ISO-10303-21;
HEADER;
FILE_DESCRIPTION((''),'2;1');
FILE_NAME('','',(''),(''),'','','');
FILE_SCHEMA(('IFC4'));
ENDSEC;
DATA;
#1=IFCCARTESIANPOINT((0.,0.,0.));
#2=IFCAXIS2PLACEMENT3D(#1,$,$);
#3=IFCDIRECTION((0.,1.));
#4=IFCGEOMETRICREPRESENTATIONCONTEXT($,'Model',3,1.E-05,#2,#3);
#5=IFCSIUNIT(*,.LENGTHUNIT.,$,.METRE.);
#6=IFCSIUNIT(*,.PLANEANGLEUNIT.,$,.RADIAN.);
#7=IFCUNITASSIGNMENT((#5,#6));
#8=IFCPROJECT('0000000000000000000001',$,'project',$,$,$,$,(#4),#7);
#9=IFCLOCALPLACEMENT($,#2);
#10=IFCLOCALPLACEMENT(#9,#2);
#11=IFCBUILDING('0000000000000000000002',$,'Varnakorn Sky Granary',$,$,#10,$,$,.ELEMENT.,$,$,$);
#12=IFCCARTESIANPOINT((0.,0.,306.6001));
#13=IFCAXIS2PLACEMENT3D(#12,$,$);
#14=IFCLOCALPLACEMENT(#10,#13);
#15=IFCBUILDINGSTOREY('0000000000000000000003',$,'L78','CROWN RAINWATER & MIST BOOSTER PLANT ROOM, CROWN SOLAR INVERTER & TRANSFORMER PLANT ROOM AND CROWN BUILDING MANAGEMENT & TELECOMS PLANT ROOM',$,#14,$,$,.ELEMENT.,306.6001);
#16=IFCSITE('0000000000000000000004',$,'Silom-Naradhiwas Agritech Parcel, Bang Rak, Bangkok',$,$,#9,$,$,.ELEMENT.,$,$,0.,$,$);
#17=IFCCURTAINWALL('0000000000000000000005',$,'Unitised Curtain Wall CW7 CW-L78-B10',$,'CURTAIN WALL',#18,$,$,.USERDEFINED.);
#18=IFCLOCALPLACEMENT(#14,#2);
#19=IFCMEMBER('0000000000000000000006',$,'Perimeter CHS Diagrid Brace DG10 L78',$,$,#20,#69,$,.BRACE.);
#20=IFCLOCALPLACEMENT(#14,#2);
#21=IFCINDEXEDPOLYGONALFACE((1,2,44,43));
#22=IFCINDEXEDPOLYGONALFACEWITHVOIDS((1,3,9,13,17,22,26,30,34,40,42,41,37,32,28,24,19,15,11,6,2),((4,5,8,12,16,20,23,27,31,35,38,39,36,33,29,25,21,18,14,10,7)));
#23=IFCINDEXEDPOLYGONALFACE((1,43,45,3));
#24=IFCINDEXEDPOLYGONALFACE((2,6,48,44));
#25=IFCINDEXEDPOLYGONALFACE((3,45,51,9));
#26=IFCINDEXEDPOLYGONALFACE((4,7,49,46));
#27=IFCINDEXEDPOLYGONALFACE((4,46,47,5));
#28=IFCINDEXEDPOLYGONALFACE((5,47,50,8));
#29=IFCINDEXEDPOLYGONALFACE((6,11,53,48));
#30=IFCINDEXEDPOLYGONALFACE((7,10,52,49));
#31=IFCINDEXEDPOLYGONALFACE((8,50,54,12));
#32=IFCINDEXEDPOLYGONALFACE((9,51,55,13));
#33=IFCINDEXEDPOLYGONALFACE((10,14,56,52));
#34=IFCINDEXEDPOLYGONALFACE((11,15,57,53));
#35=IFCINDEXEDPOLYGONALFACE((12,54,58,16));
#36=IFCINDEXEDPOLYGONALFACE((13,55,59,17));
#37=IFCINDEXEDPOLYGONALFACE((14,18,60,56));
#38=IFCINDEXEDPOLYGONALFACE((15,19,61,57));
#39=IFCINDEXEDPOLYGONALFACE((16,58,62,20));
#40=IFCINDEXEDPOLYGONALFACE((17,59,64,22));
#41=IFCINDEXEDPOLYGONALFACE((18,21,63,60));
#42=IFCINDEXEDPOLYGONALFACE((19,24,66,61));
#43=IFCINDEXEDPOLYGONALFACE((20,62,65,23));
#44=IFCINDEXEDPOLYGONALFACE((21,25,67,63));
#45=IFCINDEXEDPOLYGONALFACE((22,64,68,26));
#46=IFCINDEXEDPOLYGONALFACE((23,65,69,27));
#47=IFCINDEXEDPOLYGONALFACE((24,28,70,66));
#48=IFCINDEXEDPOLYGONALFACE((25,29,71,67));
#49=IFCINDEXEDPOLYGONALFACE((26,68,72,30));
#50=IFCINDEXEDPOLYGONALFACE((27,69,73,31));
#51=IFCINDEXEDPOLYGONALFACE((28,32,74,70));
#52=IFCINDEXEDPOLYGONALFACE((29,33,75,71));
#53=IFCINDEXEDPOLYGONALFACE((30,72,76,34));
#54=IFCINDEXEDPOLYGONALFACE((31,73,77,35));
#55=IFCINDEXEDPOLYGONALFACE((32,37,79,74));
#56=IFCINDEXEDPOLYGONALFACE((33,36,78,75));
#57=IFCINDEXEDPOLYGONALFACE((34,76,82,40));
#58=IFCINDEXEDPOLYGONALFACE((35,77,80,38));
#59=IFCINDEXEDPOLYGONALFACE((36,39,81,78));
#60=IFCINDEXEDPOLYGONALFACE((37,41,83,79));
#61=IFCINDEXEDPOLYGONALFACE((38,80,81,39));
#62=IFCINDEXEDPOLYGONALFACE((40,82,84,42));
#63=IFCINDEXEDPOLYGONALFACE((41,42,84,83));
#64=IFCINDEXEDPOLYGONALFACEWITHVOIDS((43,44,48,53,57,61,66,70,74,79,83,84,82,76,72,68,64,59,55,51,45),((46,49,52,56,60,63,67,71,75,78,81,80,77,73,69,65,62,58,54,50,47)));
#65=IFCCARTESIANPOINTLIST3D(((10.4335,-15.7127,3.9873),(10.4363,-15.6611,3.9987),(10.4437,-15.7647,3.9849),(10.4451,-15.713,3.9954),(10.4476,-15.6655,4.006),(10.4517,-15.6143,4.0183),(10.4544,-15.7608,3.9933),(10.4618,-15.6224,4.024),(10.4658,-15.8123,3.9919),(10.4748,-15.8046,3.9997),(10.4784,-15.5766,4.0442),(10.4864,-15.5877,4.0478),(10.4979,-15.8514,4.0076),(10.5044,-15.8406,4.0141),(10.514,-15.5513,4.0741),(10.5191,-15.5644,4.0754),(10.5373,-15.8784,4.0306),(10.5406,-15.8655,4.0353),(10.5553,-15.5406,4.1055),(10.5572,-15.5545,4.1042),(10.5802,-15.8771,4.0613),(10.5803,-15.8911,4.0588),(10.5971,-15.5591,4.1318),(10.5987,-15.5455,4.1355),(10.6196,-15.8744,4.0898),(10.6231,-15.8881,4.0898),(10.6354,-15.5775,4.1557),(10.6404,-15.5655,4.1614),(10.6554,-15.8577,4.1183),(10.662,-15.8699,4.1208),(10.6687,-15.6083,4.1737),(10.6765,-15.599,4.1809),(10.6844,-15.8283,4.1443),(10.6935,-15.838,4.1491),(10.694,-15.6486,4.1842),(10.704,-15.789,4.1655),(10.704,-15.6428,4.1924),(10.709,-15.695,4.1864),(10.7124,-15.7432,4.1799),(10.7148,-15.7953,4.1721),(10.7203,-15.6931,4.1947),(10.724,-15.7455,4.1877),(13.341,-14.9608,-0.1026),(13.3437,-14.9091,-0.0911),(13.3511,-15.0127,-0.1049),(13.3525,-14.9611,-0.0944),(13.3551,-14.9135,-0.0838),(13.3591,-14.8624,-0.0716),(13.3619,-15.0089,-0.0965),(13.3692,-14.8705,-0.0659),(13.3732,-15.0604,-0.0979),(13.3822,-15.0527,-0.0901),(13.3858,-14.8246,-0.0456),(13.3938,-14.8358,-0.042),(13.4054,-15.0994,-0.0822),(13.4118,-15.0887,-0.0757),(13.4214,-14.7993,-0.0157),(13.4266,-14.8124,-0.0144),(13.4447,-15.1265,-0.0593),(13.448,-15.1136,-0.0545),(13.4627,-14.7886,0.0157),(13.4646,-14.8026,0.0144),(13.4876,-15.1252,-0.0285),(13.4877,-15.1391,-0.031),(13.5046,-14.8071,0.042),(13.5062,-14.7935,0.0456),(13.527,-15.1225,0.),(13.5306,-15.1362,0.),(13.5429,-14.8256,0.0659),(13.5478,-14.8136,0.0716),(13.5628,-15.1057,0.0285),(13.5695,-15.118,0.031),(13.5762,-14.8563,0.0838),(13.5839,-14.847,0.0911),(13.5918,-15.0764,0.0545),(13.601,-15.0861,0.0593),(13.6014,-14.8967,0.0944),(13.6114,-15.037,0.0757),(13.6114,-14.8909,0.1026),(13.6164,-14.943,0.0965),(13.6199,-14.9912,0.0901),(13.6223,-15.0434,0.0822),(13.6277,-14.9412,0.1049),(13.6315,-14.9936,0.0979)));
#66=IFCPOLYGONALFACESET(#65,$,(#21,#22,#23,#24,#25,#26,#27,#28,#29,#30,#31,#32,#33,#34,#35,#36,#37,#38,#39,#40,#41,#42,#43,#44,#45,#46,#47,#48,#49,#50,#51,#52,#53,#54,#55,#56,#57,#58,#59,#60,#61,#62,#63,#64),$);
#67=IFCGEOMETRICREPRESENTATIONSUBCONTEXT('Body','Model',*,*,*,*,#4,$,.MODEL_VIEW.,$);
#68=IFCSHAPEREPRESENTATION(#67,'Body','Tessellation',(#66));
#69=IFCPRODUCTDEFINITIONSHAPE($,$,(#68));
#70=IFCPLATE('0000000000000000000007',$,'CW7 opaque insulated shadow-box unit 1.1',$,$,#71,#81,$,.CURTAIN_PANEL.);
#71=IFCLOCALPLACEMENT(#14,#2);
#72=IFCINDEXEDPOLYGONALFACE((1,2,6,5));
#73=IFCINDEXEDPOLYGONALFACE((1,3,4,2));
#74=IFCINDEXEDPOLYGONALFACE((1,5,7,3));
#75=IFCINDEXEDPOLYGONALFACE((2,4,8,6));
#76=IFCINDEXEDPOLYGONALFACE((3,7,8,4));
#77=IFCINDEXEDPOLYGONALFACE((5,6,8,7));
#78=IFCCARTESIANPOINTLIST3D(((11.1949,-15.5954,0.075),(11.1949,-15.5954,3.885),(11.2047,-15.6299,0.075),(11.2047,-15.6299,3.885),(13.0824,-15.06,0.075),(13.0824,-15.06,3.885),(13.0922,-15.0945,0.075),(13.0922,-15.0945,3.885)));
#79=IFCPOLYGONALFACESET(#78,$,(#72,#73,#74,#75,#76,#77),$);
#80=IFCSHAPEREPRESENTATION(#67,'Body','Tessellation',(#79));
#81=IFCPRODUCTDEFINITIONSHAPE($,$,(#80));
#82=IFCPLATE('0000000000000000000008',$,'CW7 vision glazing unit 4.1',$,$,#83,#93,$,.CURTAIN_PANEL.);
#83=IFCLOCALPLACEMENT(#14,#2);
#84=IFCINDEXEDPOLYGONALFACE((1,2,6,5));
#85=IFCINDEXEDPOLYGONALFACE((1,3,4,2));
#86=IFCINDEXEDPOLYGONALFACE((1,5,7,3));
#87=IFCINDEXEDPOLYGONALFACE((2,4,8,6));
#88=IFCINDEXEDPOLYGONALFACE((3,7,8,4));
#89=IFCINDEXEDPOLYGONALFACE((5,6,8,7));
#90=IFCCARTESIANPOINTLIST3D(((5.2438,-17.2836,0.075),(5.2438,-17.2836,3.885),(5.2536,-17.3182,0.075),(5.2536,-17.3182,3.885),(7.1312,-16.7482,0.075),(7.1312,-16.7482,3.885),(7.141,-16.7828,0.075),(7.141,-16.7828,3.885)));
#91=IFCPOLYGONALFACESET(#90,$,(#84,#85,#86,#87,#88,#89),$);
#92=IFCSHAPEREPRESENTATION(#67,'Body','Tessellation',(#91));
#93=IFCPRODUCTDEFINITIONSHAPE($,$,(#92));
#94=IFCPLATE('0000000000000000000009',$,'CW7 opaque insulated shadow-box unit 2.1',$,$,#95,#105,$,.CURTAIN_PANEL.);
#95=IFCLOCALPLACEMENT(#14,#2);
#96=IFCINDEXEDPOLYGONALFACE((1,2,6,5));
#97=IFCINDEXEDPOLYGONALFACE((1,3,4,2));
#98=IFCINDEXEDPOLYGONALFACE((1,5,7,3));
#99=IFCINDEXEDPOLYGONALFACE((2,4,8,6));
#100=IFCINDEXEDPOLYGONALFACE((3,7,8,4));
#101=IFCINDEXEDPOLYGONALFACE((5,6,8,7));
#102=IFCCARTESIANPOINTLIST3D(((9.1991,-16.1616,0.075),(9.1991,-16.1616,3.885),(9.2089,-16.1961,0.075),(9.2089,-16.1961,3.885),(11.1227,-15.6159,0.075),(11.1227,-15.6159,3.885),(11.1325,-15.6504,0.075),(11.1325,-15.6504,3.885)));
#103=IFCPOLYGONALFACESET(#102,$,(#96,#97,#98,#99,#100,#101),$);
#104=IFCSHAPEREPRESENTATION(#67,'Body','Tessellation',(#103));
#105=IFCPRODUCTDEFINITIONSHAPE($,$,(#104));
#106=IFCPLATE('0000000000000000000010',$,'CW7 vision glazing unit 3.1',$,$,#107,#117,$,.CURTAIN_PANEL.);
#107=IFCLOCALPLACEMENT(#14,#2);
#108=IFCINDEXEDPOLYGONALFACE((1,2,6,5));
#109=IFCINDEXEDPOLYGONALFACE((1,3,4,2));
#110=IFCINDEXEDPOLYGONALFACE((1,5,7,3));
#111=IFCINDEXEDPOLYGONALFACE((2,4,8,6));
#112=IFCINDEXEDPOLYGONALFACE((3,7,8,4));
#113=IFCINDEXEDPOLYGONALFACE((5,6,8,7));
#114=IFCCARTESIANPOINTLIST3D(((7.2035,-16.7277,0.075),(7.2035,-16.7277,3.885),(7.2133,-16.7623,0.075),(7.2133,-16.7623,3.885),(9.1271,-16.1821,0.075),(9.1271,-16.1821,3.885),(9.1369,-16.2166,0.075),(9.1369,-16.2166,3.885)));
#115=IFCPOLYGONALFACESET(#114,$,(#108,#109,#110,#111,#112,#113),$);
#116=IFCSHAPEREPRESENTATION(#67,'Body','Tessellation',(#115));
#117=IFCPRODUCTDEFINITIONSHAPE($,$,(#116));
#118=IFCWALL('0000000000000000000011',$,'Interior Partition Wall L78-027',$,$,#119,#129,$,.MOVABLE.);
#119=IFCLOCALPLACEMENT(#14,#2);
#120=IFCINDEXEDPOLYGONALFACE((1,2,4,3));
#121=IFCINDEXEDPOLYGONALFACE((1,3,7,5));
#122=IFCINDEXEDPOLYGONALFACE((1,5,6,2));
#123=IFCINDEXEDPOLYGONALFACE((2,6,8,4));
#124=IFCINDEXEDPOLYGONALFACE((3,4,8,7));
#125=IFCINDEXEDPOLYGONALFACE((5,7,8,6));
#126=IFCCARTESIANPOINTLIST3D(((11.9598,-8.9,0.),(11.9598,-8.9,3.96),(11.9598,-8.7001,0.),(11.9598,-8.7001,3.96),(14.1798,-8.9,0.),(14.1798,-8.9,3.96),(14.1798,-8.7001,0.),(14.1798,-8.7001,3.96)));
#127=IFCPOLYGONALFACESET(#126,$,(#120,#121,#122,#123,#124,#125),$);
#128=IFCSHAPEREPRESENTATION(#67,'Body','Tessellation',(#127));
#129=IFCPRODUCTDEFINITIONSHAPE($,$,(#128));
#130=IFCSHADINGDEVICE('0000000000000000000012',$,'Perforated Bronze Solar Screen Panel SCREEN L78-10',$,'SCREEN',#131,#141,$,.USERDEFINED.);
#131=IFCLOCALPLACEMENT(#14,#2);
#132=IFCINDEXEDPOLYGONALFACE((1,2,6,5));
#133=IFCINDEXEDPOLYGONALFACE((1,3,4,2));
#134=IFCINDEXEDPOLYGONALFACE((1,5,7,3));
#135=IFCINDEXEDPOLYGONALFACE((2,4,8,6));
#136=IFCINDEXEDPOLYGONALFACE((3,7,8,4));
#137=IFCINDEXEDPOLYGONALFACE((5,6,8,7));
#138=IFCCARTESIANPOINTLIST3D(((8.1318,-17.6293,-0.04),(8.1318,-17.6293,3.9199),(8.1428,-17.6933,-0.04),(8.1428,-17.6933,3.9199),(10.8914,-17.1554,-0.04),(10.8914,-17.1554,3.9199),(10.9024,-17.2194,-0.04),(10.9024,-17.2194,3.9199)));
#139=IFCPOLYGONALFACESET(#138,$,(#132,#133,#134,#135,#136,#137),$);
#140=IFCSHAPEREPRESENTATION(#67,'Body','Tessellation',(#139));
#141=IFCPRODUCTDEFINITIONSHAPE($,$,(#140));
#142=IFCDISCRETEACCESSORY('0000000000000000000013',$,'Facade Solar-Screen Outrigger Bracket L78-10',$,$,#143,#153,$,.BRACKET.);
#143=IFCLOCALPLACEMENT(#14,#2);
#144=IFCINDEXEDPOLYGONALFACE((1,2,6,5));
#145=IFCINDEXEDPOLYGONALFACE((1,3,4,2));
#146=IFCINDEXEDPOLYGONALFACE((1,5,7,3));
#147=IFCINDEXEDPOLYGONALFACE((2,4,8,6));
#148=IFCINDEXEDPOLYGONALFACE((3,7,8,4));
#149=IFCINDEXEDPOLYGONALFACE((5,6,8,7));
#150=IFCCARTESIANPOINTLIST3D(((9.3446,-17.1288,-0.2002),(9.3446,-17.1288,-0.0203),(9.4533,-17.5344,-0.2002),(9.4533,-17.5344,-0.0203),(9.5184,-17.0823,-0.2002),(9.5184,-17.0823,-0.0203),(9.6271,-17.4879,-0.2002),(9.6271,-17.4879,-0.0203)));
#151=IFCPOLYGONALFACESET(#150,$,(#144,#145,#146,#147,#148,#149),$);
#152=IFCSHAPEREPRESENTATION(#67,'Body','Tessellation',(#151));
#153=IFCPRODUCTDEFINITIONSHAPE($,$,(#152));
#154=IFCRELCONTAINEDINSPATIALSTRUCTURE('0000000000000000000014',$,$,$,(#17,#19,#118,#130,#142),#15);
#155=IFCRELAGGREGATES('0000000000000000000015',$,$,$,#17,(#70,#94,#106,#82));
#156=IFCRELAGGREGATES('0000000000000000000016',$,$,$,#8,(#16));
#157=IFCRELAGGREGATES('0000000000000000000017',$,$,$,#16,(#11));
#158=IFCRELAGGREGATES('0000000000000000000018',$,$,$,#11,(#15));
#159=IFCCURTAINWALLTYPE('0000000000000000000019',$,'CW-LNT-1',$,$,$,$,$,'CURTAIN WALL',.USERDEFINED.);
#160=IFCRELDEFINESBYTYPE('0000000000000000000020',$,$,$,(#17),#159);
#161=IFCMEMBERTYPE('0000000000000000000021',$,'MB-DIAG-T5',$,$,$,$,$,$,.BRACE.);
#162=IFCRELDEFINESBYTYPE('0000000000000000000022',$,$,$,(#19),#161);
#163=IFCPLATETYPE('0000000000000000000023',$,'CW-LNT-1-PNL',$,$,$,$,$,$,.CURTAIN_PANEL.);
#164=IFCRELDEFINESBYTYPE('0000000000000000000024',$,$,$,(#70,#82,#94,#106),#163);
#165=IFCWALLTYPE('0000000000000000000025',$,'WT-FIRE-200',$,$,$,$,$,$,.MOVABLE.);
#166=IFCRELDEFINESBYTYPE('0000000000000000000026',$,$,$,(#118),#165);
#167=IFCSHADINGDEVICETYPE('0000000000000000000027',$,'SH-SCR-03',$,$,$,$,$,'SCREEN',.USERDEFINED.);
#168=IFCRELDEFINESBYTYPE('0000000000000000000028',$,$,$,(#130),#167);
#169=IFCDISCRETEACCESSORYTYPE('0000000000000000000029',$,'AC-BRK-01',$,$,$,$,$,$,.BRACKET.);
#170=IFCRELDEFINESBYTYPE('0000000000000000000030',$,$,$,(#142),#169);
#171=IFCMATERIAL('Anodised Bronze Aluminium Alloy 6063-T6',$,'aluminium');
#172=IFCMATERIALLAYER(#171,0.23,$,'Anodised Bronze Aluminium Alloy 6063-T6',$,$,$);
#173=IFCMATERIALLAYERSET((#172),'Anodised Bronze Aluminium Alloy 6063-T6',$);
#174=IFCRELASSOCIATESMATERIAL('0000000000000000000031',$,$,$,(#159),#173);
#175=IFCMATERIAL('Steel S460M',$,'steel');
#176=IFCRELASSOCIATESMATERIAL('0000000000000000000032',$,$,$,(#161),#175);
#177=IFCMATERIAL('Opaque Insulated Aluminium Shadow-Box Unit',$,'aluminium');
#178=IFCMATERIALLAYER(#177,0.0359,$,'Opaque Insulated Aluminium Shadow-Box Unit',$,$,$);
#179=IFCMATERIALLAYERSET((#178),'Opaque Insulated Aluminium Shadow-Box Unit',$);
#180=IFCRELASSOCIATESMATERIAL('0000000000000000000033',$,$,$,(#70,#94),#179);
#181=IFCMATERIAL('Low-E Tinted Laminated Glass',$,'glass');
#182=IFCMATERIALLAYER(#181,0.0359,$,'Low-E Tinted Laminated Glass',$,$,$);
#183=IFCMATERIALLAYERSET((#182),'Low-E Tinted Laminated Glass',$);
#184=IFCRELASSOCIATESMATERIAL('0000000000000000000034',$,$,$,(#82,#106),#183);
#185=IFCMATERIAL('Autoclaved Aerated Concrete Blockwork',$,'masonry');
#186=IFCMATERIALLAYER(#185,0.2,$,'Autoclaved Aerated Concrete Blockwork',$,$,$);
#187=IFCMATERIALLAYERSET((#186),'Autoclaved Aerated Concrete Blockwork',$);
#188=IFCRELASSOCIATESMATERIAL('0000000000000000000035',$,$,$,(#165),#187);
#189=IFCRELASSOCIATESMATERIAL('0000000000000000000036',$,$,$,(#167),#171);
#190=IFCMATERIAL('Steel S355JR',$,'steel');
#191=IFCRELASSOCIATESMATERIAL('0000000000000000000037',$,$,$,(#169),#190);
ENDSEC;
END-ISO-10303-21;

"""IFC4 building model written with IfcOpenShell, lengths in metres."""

from ifc_helpers import new_model, si_unit, direction, frame, frame_2d, origin, origin_2d, place, context, subcontext, project, spatial, rectangle, hollow_circle, extrude, source, transform, mapped, material, layer, layer_set, material_profile, profile_set, type_object, type_shapes, element, aggregate, save


model = new_model("IFC4")

# Units and contexts
model_context = context("Model", 3, precision=1e-05, world=origin(), true_north=direction((0.0, 1.0)))
body_context = subcontext(model_context, "Body", "Model", "MODEL_VIEW")
ifc_project = project(units=[si_unit("LENGTHUNIT", "METRE"), si_unit("PLANEANGLEUNIT", "RADIAN")], contexts=[model_context])

# Site, building, storey
site_placement = place(None, origin())
site = spatial("IfcSite", under=ifc_project, at=site_placement, Name="Silom-Naradhiwas Agritech Parcel, Bang Rak, Bangkok", CompositionType="ELEMENT", RefElevation=0.0)
building_placement = place(site_placement, origin())
building = spatial("IfcBuilding", under=site, at=building_placement, Name="Varnakorn Sky Granary", CompositionType="ELEMENT")
storey_placement = place(building_placement, frame((0.0, 0.0, 306.6001)))
storey = spatial("IfcBuildingStorey", under=building, at=storey_placement, Name="L78", Description="CROWN RAINWATER & MIST BOOSTER PLANT ROOM, CROWN SOLAR INVERTER & TRANSFORMER PLANT ROOM AND CROWN BUILDING MANAGEMENT & TELECOMS PLANT ROOM", CompositionType="ELEMENT", Elevation=306.6001)

# Shared definitions
ifc_material_1 = material(Name="Steel S460M", Category="steel")

# Shared definitions
ifc_material_2 = material(Name="Steel S355JR", Category="steel")

# Curtain wall
ifc_material_3 = material(Name="Anodised Bronze Aluminium Alloy 6063-T6", Category="aluminium")
ifc_layer_1 = layer(ifc_material_3, 0.23, Name="Anodised Bronze Aluminium Alloy 6063-T6")
ifc_layer_set_1 = layer_set([ifc_layer_1], Name="Anodised Bronze Aluminium Alloy 6063-T6")
curtain_wall_type = type_object("IfcCurtainWallType", Name="CW-LNT-1", ElementType="CURTAIN WALL", PredefinedType="USERDEFINED", material=ifc_layer_set_1)
curtain_wall_placement = place(storey_placement, origin())
curtain_wall = element("IfcCurtainWall", 1, at=curtain_wall_placement, inside=storey, type_object=curtain_wall_type, Name="Unitised Curtain Wall CW7 CW-L78-B10", ObjectType="CURTAIN WALL", PredefinedType="USERDEFINED")

# Member
ifc_material_profile_1 = material_profile(ifc_material_1, hollow_circle(Radius=0.1777, WallThickness=0.0142, at=origin_2d()), Name="CHS 355.6x14")
ifc_profile_set_1 = profile_set([ifc_material_profile_1], Name="Steel S460M")
member_type_1 = type_object("IfcMemberType", Name="MB-DIAG-T5", PredefinedType="BRACE", material=ifc_profile_set_1)
member_1_placement = place(storey_placement, frame((13.4861, -14.9641, 0.0), z_axis=(-0.573012, -0.148197, 0.806037), x_axis=(0.250389, -0.968145, 0.0)))
element("IfcMember", 2, at=member_1_placement, inside=storey, type_object=member_type_1, Name="Perimeter CHS Diagrid Brace DG10 L78", PredefinedType="BRACE", context=body_context, shape_type="SweptSolid", body=[
    extrude(hollow_circle(Radius=0.1777, WallThickness=0.0142, at=origin_2d()), origin(), (0.0, 0.0, 1.0), 5.074),
])

# Plates
ifc_material_4 = material(Name="Opaque Insulated Aluminium Shadow-Box Unit", Category="aluminium")
ifc_layer_2 = layer(ifc_material_4, 0.0359, Name="Opaque Insulated Aluminium Shadow-Box Unit")
ifc_layer_set_2 = layer_set([ifc_layer_2], Name="Opaque Insulated Aluminium Shadow-Box Unit")
plate_type = type_object("IfcPlateType", Name="CW-LNT-1-PNL", PredefinedType="CURTAIN_PANEL")
shared_shape_1 = source(origin(), body_context, "Body", "SweptSolid", [
    extrude(rectangle(XDim=1.9619, YDim=0.0359, at=origin_2d()), origin(), (0.0, 0.0, 1.0), 3.8101),
])
plate_1_placement = place(storey_placement, frame((12.1436, -15.345, 0.075), z_axis=(0.0, 0.0, 1.0), x_axis=(-0.962041, -0.272905, 0.0)))
plate_1 = element("IfcPlate", 3, at=plate_1_placement, type_object=plate_type, material=ifc_layer_set_2, Name="CW7 opaque insulated shadow-box unit 1.1", PredefinedType="CURTAIN_PANEL", context=body_context, shape_type="MappedRepresentation", body=[
    mapped(shared_shape_1, transform((0.0, 0.0, 0.0), x_axis=(1.0, 0.0, 0.0), y_axis=(0.0, 1.0, 0.0), z_axis=(0.0, 0.0, 1.0), scale=1.0)),
])
ifc_material_5 = material(Name="Low-E Tinted Laminated Glass", Category="glass")
ifc_layer_3 = layer(ifc_material_5, 0.0359, Name="Low-E Tinted Laminated Glass")
ifc_layer_set_3 = layer_set([ifc_layer_3], Name="Low-E Tinted Laminated Glass")
plate_2_placement = place(storey_placement, frame((6.1924, -17.0332, 0.075), z_axis=(0.0, 0.0, 1.0), x_axis=(-0.962041, -0.272905, 0.0)))
plate_2 = element("IfcPlate", 4, at=plate_2_placement, type_object=plate_type, material=ifc_layer_set_3, Name="CW7 vision glazing unit 4.1", PredefinedType="CURTAIN_PANEL", context=body_context, shape_type="MappedRepresentation", body=[
    mapped(shared_shape_1, transform((0.0, 0.0, 0.0), x_axis=(1.0, 0.0, 0.0), y_axis=(0.0, 1.0, 0.0), z_axis=(0.0, 0.0, 1.0), scale=1.0)),
])
shared_shape_2 = source(origin(), body_context, "Body", "SweptSolid", [
    extrude(rectangle(XDim=1.9995, YDim=0.0359, at=origin_2d()), origin(), (0.0, 0.0, 1.0), 3.8101),
])
type_shapes(plate_type, [shared_shape_1, shared_shape_2])
plate_3_placement = place(storey_placement, frame((10.1658, -15.906, 0.075), z_axis=(0.0, 0.0, 1.0), x_axis=(-0.962041, -0.272905, 0.0)))
plate_3 = element("IfcPlate", 5, at=plate_3_placement, type_object=plate_type, material=ifc_layer_set_2, Name="CW7 opaque insulated shadow-box unit 2.1", PredefinedType="CURTAIN_PANEL", context=body_context, shape_type="MappedRepresentation", body=[
    mapped(shared_shape_2, transform((0.0, 0.0, 0.0), x_axis=(1.0, 0.0, 0.0), y_axis=(0.0, 1.0, 0.0), z_axis=(0.0, 0.0, 1.0), scale=1.0)),
])
plate_4_placement = place(storey_placement, frame((8.1702, -16.4722, 0.075), z_axis=(0.0, 0.0, 1.0), x_axis=(-0.962041, -0.272905, 0.0)))
plate_4 = element("IfcPlate", 6, at=plate_4_placement, type_object=plate_type, material=ifc_layer_set_3, Name="CW7 vision glazing unit 3.1", PredefinedType="CURTAIN_PANEL", context=body_context, shape_type="MappedRepresentation", body=[
    mapped(shared_shape_2, transform((0.0, 0.0, 0.0), x_axis=(1.0, 0.0, 0.0), y_axis=(0.0, 1.0, 0.0), z_axis=(0.0, 0.0, 1.0), scale=1.0)),
])
aggregate(curtain_wall, [plate_1, plate_3, plate_4, plate_2])

# Wall
ifc_material_6 = material(Name="Autoclaved Aerated Concrete Blockwork", Category="masonry")
ifc_layer_4 = layer(ifc_material_6, 0.2, Name="Autoclaved Aerated Concrete Blockwork")
ifc_layer_set_4 = layer_set([ifc_layer_4], Name="Autoclaved Aerated Concrete Blockwork")
wall_type = type_object("IfcWallType", Name="WT-FIRE-200", PredefinedType="MOVABLE", material=ifc_layer_set_4)
wall_placement = place(storey_placement, frame((11.96, -8.8, 0.0), z_axis=(0.0, 0.0, 1.0), x_axis=(1.0, 0.0, 0.0)))
element("IfcWall", 7, at=wall_placement, inside=storey, type_object=wall_type, Name="Interior Partition Wall L78-027", PredefinedType="MOVABLE", context=body_context, shape_type="SweptSolid", body=[
    extrude(rectangle(XDim=2.22, YDim=0.2, at=frame_2d((1.1099, 0.0))), origin(), (0.0, 0.0, 1.0), 3.96),
])

# Shading device
shading_device_type = type_object("IfcShadingDeviceType", Name="SH-SCR-03", ElementType="SCREEN", PredefinedType="USERDEFINED", material=ifc_material_3)
shared_shape_3 = source(origin(), body_context, "Body", "SweptSolid", [
    extrude(rectangle(XDim=2.8, YDim=0.0649, at=origin_2d()), origin(), (0.0, 0.0, 1.0), 3.96),
])
type_shapes(shading_device_type, [shared_shape_3])
shading_device_placement = place(storey_placement, frame((9.5171, -17.4243, -0.04), z_axis=(0.0, 0.0, 1.0), x_axis=(0.985573, 0.169252, 0.0)))
element("IfcShadingDevice", 8, at=shading_device_placement, inside=storey, type_object=shading_device_type, Name="Perforated Bronze Solar Screen Panel SCREEN L78-10", ObjectType="SCREEN", PredefinedType="USERDEFINED", context=body_context, shape_type="MappedRepresentation", body=[
    mapped(shared_shape_3, transform((0.0, 0.0, 0.0), x_axis=(1.0, 0.0, 0.0), y_axis=(0.0, 1.0, 0.0), z_axis=(0.0, 0.0, 1.0), scale=1.0)),
])

# Discrete accessory
discrete_accessory_type = type_object("IfcDiscreteAccessoryType", Name="AC-BRK-01", PredefinedType="BRACKET", material=ifc_material_2)
shared_shape_4 = source(origin(), body_context, "Body", "SweptSolid", [
    extrude(rectangle(XDim=0.1799, YDim=0.4199, at=origin_2d()), origin(), (0.0, 0.0, 1.0), 0.1799),
])
type_shapes(discrete_accessory_type, [shared_shape_4])
discrete_accessory_placement = place(storey_placement, frame((9.4858, -17.3083, -0.2002), z_axis=(0.0, 0.0, 1.0), x_axis=(0.965951, 0.258724, 0.0)))
element("IfcDiscreteAccessory", 9, at=discrete_accessory_placement, inside=storey, type_object=discrete_accessory_type, Name="Facade Solar-Screen Outrigger Bracket L78-10", PredefinedType="BRACKET", context=body_context, shape_type="MappedRepresentation", body=[
    mapped(shared_shape_4, transform((0.0, 0.0, 0.0), x_axis=(1.0, 0.0, 0.0), y_axis=(0.0, 1.0, 0.0), z_axis=(0.0, 0.0, 1.0), scale=1.0)),
])

save(model, "model.ifc")
